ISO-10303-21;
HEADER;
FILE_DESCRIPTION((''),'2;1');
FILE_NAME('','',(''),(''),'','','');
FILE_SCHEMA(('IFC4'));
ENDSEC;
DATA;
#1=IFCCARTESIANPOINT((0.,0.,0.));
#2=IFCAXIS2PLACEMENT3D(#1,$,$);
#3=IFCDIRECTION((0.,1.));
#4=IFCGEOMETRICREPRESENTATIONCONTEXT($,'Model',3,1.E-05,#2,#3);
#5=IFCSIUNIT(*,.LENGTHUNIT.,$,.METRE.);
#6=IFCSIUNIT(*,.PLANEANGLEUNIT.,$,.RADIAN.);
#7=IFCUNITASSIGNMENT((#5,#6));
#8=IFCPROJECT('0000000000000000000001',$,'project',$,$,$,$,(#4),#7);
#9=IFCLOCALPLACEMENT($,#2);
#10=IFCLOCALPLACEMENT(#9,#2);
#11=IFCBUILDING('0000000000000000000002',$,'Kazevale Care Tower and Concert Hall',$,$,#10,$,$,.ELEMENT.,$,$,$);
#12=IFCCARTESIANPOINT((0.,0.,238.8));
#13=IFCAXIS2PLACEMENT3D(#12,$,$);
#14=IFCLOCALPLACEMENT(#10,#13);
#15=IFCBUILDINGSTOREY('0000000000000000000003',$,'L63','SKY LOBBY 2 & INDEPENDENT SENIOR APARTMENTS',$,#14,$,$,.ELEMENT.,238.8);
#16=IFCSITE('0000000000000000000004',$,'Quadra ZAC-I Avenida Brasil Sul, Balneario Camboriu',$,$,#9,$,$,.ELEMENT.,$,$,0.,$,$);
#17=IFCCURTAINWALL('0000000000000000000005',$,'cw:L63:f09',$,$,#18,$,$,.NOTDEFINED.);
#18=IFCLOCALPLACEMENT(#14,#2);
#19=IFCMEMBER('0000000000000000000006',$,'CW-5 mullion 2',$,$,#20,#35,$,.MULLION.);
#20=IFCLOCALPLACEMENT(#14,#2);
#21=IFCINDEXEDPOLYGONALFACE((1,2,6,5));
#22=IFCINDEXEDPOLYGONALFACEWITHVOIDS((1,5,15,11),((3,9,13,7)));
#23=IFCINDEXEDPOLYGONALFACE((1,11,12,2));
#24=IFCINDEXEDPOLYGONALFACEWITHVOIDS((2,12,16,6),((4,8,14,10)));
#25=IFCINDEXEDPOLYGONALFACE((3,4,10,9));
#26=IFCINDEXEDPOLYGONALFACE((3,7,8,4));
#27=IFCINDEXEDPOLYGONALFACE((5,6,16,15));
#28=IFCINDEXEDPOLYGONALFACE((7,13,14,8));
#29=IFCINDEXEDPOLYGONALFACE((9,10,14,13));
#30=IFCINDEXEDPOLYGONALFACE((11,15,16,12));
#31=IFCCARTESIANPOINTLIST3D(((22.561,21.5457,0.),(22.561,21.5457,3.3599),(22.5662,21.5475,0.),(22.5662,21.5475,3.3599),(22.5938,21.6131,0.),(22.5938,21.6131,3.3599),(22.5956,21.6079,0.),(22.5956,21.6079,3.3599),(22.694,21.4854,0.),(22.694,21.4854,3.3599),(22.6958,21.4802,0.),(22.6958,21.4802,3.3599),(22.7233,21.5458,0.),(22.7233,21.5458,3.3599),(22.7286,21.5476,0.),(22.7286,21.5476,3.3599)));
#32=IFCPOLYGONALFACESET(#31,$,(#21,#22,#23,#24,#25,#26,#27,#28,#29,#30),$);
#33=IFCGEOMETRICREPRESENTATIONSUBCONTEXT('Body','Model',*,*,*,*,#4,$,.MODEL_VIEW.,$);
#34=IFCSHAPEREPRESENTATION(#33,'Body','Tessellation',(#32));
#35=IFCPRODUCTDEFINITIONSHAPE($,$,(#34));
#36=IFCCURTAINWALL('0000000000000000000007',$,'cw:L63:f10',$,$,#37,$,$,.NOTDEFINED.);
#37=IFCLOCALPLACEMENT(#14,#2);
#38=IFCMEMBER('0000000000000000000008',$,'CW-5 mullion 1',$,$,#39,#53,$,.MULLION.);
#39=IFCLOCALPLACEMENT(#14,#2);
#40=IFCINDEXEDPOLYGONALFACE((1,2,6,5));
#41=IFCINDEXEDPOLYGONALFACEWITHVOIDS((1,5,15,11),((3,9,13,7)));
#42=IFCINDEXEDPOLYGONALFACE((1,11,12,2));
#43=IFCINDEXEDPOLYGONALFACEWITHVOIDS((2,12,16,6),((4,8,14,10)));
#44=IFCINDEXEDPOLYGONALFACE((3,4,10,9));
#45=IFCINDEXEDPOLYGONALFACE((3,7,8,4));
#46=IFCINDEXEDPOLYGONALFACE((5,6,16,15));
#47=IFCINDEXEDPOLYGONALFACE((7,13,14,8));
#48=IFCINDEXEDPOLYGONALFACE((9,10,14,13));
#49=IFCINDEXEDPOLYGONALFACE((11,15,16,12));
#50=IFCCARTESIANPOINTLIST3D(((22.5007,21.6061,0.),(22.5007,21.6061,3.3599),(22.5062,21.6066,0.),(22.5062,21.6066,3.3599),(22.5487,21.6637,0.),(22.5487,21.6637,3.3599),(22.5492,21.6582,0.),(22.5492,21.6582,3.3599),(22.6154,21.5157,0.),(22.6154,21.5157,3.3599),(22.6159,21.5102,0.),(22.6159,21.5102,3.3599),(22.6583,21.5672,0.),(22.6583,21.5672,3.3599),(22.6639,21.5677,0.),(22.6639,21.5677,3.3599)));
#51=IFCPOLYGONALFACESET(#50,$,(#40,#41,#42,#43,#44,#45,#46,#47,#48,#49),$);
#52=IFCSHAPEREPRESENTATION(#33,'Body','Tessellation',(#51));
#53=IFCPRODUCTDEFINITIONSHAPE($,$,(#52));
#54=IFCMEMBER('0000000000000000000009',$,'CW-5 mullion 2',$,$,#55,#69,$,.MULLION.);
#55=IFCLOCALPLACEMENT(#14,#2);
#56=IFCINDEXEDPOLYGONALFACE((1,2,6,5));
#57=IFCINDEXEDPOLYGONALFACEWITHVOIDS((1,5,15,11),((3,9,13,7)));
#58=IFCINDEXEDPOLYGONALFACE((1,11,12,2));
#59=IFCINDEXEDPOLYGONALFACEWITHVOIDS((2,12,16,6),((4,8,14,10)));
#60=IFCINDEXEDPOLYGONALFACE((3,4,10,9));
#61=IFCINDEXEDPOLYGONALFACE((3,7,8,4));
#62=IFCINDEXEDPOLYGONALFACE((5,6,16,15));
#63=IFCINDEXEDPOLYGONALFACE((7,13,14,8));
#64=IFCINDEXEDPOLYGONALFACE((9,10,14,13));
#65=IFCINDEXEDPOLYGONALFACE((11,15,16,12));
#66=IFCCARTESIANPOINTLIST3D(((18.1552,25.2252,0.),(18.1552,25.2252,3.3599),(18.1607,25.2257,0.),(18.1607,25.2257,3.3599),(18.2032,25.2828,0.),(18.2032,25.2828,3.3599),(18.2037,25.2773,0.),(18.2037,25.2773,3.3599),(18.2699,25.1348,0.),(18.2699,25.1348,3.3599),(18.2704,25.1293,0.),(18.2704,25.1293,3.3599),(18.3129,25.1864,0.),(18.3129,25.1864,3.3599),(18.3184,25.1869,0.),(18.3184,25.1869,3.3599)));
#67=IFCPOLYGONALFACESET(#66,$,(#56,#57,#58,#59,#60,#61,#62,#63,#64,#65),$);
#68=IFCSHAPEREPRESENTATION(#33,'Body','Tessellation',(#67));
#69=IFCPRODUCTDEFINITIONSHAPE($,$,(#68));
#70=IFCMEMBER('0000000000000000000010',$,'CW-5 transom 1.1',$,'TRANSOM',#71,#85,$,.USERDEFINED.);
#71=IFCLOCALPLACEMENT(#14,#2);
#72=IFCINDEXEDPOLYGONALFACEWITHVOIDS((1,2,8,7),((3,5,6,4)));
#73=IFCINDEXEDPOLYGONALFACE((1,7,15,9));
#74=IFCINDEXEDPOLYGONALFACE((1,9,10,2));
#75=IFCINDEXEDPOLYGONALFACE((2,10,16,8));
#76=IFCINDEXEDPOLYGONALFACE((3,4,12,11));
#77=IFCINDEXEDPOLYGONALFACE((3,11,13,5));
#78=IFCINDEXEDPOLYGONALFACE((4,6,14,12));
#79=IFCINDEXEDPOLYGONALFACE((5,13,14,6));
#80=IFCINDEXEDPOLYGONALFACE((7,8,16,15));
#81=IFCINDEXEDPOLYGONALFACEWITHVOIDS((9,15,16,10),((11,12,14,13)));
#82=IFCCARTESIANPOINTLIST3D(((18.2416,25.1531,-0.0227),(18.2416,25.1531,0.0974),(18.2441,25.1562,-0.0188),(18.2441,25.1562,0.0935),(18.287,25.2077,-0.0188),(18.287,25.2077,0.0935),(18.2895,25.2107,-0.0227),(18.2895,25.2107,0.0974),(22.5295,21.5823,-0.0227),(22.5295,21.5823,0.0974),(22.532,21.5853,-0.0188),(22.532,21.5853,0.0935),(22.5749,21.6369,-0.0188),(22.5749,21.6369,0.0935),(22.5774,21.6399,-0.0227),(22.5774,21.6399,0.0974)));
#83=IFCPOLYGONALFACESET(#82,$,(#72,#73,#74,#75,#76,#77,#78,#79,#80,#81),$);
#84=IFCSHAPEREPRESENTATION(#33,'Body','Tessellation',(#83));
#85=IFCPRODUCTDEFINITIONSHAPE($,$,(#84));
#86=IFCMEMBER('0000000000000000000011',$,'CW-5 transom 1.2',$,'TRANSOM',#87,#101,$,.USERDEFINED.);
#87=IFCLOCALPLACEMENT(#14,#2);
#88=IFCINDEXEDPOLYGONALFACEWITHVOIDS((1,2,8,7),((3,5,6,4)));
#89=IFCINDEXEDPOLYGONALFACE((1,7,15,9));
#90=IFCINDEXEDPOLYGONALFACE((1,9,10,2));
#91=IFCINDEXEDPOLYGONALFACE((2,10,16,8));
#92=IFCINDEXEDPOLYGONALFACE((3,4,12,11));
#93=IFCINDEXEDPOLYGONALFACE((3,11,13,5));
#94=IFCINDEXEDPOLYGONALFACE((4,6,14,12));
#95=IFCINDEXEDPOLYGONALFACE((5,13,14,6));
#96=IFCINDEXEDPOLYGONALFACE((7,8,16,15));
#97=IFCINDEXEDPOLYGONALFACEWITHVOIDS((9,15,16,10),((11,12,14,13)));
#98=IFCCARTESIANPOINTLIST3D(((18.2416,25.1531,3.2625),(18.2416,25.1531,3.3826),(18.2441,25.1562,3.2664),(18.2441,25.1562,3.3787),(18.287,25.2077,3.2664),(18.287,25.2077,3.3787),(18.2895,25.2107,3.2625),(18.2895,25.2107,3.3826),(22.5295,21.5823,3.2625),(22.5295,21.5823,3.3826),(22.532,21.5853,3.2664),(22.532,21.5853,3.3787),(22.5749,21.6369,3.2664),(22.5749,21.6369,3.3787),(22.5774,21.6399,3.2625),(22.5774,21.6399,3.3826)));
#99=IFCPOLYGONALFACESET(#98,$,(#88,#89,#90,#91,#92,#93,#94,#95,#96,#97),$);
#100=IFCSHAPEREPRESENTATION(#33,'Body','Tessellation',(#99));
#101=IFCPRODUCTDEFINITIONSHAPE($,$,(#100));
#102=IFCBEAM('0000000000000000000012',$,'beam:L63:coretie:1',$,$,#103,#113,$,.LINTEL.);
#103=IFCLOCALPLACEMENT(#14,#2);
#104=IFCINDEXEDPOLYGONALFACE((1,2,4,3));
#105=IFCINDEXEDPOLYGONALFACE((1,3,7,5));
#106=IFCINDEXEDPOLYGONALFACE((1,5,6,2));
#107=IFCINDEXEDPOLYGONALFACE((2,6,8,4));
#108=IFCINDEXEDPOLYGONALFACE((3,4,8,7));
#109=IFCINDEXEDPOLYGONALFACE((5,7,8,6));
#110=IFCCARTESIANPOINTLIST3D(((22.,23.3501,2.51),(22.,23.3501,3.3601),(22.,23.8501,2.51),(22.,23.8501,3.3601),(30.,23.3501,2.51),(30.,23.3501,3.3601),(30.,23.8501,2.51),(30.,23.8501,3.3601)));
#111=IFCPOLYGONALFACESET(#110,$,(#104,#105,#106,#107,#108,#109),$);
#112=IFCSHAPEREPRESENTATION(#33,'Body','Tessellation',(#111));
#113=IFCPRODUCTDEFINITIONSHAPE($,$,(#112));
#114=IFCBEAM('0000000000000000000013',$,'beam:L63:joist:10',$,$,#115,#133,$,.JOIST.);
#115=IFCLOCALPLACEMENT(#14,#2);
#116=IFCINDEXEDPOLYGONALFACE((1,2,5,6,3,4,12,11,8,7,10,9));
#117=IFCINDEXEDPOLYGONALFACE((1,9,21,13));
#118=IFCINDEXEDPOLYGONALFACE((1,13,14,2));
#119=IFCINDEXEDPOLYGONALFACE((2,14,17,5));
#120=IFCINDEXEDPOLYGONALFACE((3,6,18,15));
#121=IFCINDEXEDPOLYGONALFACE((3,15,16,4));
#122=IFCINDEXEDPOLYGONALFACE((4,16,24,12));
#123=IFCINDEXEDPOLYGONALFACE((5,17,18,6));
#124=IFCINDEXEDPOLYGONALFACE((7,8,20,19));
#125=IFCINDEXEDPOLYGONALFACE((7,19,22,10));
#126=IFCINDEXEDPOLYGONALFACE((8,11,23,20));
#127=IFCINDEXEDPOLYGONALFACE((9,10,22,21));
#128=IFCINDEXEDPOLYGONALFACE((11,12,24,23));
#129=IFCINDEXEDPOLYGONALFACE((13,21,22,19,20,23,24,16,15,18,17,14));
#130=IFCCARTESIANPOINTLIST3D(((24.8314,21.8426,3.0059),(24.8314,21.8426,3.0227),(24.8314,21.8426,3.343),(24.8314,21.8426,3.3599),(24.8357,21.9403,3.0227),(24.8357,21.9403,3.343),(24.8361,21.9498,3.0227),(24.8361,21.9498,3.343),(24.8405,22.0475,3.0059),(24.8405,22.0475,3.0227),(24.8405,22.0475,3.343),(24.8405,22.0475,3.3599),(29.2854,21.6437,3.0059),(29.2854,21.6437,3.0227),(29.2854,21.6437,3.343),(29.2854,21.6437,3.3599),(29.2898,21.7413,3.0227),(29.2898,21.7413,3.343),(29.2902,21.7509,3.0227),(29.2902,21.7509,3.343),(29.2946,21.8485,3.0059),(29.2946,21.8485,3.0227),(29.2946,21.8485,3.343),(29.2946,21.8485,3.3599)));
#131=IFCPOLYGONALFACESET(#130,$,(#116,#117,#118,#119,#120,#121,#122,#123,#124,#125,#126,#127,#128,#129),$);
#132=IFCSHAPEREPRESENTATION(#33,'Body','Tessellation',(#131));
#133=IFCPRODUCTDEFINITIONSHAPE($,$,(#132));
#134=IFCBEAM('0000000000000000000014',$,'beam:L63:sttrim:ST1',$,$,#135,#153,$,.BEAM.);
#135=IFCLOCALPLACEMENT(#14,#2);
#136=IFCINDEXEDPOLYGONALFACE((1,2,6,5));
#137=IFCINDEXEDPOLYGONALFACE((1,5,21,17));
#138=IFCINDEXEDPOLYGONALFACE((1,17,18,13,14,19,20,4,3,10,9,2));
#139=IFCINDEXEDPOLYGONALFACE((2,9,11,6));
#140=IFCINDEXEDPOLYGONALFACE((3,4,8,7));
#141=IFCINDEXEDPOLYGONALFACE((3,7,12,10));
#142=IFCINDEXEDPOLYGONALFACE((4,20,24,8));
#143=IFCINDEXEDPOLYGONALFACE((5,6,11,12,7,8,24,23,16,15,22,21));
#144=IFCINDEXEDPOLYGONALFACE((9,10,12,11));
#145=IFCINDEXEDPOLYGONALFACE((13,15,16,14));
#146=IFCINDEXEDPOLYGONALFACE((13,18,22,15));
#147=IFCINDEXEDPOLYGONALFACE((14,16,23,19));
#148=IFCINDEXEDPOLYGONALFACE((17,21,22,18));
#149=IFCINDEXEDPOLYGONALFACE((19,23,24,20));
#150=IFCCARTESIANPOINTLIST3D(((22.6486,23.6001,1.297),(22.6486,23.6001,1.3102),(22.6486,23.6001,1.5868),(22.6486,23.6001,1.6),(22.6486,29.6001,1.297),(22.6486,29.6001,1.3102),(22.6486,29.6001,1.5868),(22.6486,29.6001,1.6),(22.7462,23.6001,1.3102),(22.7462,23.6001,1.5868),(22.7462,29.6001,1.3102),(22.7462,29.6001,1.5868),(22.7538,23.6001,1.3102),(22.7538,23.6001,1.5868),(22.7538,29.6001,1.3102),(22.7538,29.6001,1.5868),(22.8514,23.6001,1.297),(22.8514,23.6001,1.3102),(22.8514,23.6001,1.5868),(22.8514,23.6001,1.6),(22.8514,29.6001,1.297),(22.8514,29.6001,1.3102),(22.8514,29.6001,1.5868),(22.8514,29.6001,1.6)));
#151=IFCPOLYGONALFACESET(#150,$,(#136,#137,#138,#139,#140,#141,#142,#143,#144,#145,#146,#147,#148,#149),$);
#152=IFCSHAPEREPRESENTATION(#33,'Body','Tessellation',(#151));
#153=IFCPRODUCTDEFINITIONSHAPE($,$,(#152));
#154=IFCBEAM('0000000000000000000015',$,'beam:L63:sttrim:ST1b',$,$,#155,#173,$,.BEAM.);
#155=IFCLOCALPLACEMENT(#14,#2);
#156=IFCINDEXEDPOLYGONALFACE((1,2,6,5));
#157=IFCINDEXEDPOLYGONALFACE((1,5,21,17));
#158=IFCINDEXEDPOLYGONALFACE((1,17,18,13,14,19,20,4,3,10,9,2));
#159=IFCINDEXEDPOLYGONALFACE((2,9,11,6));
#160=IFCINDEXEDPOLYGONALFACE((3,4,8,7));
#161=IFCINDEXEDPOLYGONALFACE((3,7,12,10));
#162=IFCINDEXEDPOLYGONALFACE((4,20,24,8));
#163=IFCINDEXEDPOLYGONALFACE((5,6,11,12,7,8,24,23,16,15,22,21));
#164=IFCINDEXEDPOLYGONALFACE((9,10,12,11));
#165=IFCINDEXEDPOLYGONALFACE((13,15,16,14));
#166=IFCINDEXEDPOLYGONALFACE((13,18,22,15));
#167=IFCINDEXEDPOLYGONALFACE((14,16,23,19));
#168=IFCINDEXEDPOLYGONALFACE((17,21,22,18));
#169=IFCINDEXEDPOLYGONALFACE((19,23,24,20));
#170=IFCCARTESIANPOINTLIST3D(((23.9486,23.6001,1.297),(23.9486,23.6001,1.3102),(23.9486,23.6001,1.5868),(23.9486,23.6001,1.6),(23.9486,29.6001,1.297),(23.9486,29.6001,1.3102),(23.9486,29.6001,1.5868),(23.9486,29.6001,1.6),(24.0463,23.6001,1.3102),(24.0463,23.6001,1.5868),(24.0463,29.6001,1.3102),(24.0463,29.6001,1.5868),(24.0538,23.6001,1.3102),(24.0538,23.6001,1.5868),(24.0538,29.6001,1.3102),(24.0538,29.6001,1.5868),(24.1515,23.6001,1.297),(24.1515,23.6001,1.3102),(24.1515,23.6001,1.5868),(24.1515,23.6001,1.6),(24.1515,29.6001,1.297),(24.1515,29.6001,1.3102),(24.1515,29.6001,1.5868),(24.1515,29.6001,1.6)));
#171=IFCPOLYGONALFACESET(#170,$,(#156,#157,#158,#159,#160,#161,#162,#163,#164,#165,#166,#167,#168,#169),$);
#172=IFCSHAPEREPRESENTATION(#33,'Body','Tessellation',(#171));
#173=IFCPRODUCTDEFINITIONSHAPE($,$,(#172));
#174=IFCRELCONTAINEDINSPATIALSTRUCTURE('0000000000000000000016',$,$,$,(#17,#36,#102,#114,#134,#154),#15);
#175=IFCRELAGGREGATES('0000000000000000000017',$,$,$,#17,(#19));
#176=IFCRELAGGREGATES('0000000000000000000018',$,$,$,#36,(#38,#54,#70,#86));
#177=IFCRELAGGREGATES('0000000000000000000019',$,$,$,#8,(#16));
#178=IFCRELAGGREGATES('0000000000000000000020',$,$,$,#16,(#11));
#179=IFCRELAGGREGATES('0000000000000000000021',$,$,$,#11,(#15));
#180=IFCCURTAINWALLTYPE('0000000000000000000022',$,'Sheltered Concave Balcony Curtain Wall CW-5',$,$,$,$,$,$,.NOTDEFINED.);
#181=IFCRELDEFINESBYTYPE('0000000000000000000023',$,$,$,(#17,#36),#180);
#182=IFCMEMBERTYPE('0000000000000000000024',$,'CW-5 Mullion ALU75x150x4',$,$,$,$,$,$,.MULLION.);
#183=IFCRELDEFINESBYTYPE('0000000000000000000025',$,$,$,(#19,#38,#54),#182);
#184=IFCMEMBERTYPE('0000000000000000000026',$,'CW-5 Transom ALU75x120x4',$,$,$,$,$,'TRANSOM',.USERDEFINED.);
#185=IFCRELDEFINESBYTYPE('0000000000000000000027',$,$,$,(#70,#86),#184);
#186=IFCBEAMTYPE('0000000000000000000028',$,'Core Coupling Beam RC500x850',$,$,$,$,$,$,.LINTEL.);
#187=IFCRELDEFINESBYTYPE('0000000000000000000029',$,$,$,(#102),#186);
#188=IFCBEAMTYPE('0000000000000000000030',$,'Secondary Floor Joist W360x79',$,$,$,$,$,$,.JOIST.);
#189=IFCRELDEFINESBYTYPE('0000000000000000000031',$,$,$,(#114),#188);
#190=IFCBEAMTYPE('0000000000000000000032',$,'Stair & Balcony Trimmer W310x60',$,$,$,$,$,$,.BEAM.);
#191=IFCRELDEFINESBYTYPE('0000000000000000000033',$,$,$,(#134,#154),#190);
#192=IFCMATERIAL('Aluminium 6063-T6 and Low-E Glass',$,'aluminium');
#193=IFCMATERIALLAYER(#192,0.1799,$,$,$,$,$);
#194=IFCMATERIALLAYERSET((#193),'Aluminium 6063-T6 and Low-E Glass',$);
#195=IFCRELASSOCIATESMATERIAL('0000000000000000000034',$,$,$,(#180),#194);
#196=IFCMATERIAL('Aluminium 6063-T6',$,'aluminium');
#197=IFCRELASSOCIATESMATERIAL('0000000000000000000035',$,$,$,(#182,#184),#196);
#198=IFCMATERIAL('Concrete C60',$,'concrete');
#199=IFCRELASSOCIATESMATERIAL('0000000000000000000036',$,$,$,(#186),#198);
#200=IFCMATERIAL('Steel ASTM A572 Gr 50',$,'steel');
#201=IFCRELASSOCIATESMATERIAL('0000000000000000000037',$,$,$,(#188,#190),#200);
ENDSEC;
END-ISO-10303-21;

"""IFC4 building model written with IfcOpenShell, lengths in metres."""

from ifc_helpers import new_model, si_unit, direction, frame, origin, origin_2d, place, context, subcontext, project, spatial, rectangle, hollow_rectangle, i_section, extrude, material, layer, layer_set, material_profile, profile_set, type_object, element, aggregate, save


model = new_model("IFC4")

# Units and contexts
model_context = context("Model", 3, precision=1e-05, world=origin(), true_north=direction((0.0, 1.0)))
body_context = subcontext(model_context, "Body", "Model", "MODEL_VIEW")
ifc_project = project(units=[si_unit("LENGTHUNIT", "METRE"), si_unit("PLANEANGLEUNIT", "RADIAN")], contexts=[model_context])

# Site, building, storey
site_placement = place(None, origin())
site = spatial("IfcSite", under=ifc_project, at=site_placement, Name="Quadra ZAC-I Avenida Brasil Sul, Balneario Camboriu", CompositionType="ELEMENT", RefElevation=0.0)
building_placement = place(site_placement, origin())
building = spatial("IfcBuilding", under=site, at=building_placement, Name="Kazevale Care Tower and Concert Hall", CompositionType="ELEMENT")
storey_placement = place(building_placement, frame((0.0, 0.0, 238.8)))
storey = spatial("IfcBuildingStorey", under=building, at=storey_placement, Name="L63", Description="SKY LOBBY 2 & INDEPENDENT SENIOR APARTMENTS", CompositionType="ELEMENT", Elevation=238.8)

# Shared definitions
ifc_material_1 = material(Name="Aluminium 6063-T6 and Low-E Glass", Category="aluminium")
ifc_material_2 = material(Name="Aluminium 6063-T6", Category="aluminium")

# Curtain wall, member
ifc_layer_1 = layer(ifc_material_1, 0.1799)
ifc_layer_set_1 = layer_set([ifc_layer_1], Name="Aluminium 6063-T6 and Low-E Glass")
curtain_wall_type_1 = type_object("IfcCurtainWallType", Name="Sheltered Concave Balcony Curtain Wall CW-5", PredefinedType="NOTDEFINED", material=ifc_layer_set_1)
curtain_wall_1_placement = place(storey_placement, origin())
curtain_wall_1 = element("IfcCurtainWall", 1, at=curtain_wall_1_placement, inside=storey, type_object=curtain_wall_type_1, Name="cw:L63:f09", PredefinedType="NOTDEFINED")
ifc_material_profile_1 = material_profile(ifc_material_2, hollow_rectangle(XDim=0.075, YDim=0.1499, WallThickness=0.0039, at=origin_2d()), Name="ALU75x150x4")
ifc_profile_set_1 = profile_set([ifc_material_profile_1], Name="Aluminium 6063-T6")
member_type_1 = type_object("IfcMemberType", Name="CW-5 Mullion ALU75x150x4", PredefinedType="MULLION", material=ifc_profile_set_1)
member_1_placement = place(storey_placement, frame((22.6448, 21.5466, 0.0), z_axis=(0.0, 0.0, 1.0), x_axis=(-0.437238, -0.899346, 0.0)))
member_1 = element("IfcMember", 2, at=member_1_placement, type_object=member_type_1, Name="CW-5 mullion 2", PredefinedType="MULLION", context=body_context, shape_type="SweptSolid", body=[
    extrude(hollow_rectangle(XDim=0.075, YDim=0.1499, WallThickness=0.0039, at=origin_2d()), origin(), (0.0, 0.0, 1.0), 3.3599),
])

# Curtain wall, members
curtain_wall_2_placement = place(storey_placement, origin())
curtain_wall_2 = element("IfcCurtainWall", 3, at=curtain_wall_2_placement, inside=storey, type_object=curtain_wall_type_1, Name="cw:L63:f10", PredefinedType="NOTDEFINED")
member_2_placement = place(storey_placement, frame((22.5823, 21.5869, 0.0), z_axis=(0.0, 0.0, 1.0), x_axis=(-0.639961, -0.768407, 0.0)))
member_2 = element("IfcMember", 4, at=member_2_placement, type_object=member_type_1, Name="CW-5 mullion 1", PredefinedType="MULLION", context=body_context, shape_type="SweptSolid", body=[
    extrude(hollow_rectangle(XDim=0.075, YDim=0.1499, WallThickness=0.0039, at=origin_2d()), origin(), (0.0, 0.0, 1.0), 3.3599),
])
member_3_placement = place(storey_placement, frame((18.2368, 25.2061, 0.0), z_axis=(0.0, 0.0, 1.0), x_axis=(-0.639961, -0.768407, 0.0)))
member_3 = element("IfcMember", 5, at=member_3_placement, type_object=member_type_1, Name="CW-5 mullion 2", PredefinedType="MULLION", context=body_context, shape_type="SweptSolid", body=[
    extrude(hollow_rectangle(XDim=0.075, YDim=0.1499, WallThickness=0.0039, at=origin_2d()), origin(), (0.0, 0.0, 1.0), 3.3599),
])
ifc_material_profile_2 = material_profile(ifc_material_2, hollow_rectangle(XDim=0.075, YDim=0.1201, WallThickness=0.0039, at=origin_2d()), Name="ALU75x120x4")
ifc_profile_set_2 = profile_set([ifc_material_profile_2], Name="Aluminium 6063-T6")
member_type_2 = type_object("IfcMemberType", Name="CW-5 Transom ALU75x120x4", ElementType="TRANSOM", PredefinedType="USERDEFINED", material=ifc_profile_set_2)
member_4_placement = place(storey_placement, frame((22.5535, 21.6111, 0.0374), z_axis=(-0.768433, 0.63993, 0.0), x_axis=(-0.63993, -0.768433, 0.0)))
member_4 = element("IfcMember", 6, at=member_4_placement, type_object=member_type_2, Name="CW-5 transom 1.1", ObjectType="TRANSOM", PredefinedType="USERDEFINED", context=body_context, shape_type="SweptSolid", body=[
    extrude(hollow_rectangle(XDim=0.075, YDim=0.1201, WallThickness=0.0039, at=origin_2d()), origin(), (0.0, 0.0, 1.0), 5.5801),
])
member_5_placement = place(storey_placement, frame((22.5535, 21.6111, 3.3225), z_axis=(-0.768433, 0.63993, 0.0), x_axis=(-0.63993, -0.768433, 0.0)))
member_5 = element("IfcMember", 7, at=member_5_placement, type_object=member_type_2, Name="CW-5 transom 1.2", ObjectType="TRANSOM", PredefinedType="USERDEFINED", context=body_context, shape_type="SweptSolid", body=[
    extrude(hollow_rectangle(XDim=0.075, YDim=0.1201, WallThickness=0.0039, at=origin_2d()), origin(), (0.0, 0.0, 1.0), 5.5801),
])

# Beams
ifc_material_3 = material(Name="Concrete C60", Category="concrete")
ifc_material_profile_3 = material_profile(ifc_material_3, rectangle(XDim=0.5, YDim=0.8501, at=origin_2d()), Name="RC-B500x850")
ifc_profile_set_3 = profile_set([ifc_material_profile_3], Name="Concrete C60")
beam_type_1 = type_object("IfcBeamType", Name="Core Coupling Beam RC500x850", PredefinedType="LINTEL", material=ifc_profile_set_3)
beam_1_placement = place(storey_placement, frame((22.0, 23.6001, 2.9351), z_axis=(1.0, 0.0, 0.0), x_axis=(0.0, 1.0, 0.0)))
element("IfcBeam", 8, at=beam_1_placement, inside=storey, type_object=beam_type_1, Name="beam:L63:coretie:1", PredefinedType="LINTEL", context=body_context, shape_type="SweptSolid", body=[
    extrude(rectangle(XDim=0.5, YDim=0.8501, at=origin_2d()), origin(), (0.0, 0.0, 1.0), 8.0),
])
ifc_material_4 = material(Name="Steel ASTM A572 Gr 50", Category="steel")
ifc_material_profile_4 = material_profile(ifc_material_4, i_section(OverallWidth=0.2051, OverallDepth=0.354, WebThickness=0.0095, FlangeThickness=0.0168, at=origin_2d()), Name="W360x79")
ifc_profile_set_4 = profile_set([ifc_material_profile_4], Name="Steel ASTM A572 Gr 50")
beam_type_2 = type_object("IfcBeamType", Name="Secondary Floor Joist W360x79", PredefinedType="JOIST", material=ifc_profile_set_4)
beam_2_placement = place(storey_placement, frame((24.8359, 21.9451, 3.1829), z_axis=(0.999004, -0.044628, 0.0), x_axis=(0.044628, 0.999004, 0.0)))
element("IfcBeam", 9, at=beam_2_placement, inside=storey, type_object=beam_type_2, Name="beam:L63:joist:10", PredefinedType="JOIST", context=body_context, shape_type="SweptSolid", body=[
    extrude(i_section(OverallWidth=0.2051, OverallDepth=0.354, WebThickness=0.0095, FlangeThickness=0.0168, at=origin_2d()), origin(), (0.0, 0.0, 1.0), 4.4585),
])
ifc_material_profile_5 = material_profile(ifc_material_4, i_section(OverallWidth=0.2029, OverallDepth=0.303, WebThickness=0.0076, FlangeThickness=0.0132, at=origin_2d()), Name="W310x60")
ifc_profile_set_5 = profile_set([ifc_material_profile_5], Name="Steel ASTM A572 Gr 50")
beam_type_3 = type_object("IfcBeamType", Name="Stair & Balcony Trimmer W310x60", PredefinedType="BEAM", material=ifc_profile_set_5)
for number, where, z_axis, x_axis, name in (
    (10, (22.75, 23.6001, 1.4485), (0.0, 1.0, 0.0), (-1.0, 0.0, 0.0), "beam:L63:sttrim:ST1"),
    (11, (24.05, 23.6001, 1.4485), (0.0, 1.0, 0.0), (-1.0, 0.0, 0.0), "beam:L63:sttrim:ST1b"),
):
    element("IfcBeam", number, at=place(storey_placement, frame(where, z_axis=z_axis, x_axis=x_axis)), inside=storey, type_object=beam_type_3, Name=name, PredefinedType="BEAM", context=body_context, shape_type="SweptSolid", body=[
        extrude(i_section(OverallWidth=0.2029, OverallDepth=0.303, WebThickness=0.0076, FlangeThickness=0.0132, at=origin_2d()), origin(), (0.0, 0.0, 1.0), 6.0),
    ])

aggregate(curtain_wall_1, [member_1])
aggregate(curtain_wall_2, [member_2, member_3, member_4, member_5])

save(model, "model.ifc")
